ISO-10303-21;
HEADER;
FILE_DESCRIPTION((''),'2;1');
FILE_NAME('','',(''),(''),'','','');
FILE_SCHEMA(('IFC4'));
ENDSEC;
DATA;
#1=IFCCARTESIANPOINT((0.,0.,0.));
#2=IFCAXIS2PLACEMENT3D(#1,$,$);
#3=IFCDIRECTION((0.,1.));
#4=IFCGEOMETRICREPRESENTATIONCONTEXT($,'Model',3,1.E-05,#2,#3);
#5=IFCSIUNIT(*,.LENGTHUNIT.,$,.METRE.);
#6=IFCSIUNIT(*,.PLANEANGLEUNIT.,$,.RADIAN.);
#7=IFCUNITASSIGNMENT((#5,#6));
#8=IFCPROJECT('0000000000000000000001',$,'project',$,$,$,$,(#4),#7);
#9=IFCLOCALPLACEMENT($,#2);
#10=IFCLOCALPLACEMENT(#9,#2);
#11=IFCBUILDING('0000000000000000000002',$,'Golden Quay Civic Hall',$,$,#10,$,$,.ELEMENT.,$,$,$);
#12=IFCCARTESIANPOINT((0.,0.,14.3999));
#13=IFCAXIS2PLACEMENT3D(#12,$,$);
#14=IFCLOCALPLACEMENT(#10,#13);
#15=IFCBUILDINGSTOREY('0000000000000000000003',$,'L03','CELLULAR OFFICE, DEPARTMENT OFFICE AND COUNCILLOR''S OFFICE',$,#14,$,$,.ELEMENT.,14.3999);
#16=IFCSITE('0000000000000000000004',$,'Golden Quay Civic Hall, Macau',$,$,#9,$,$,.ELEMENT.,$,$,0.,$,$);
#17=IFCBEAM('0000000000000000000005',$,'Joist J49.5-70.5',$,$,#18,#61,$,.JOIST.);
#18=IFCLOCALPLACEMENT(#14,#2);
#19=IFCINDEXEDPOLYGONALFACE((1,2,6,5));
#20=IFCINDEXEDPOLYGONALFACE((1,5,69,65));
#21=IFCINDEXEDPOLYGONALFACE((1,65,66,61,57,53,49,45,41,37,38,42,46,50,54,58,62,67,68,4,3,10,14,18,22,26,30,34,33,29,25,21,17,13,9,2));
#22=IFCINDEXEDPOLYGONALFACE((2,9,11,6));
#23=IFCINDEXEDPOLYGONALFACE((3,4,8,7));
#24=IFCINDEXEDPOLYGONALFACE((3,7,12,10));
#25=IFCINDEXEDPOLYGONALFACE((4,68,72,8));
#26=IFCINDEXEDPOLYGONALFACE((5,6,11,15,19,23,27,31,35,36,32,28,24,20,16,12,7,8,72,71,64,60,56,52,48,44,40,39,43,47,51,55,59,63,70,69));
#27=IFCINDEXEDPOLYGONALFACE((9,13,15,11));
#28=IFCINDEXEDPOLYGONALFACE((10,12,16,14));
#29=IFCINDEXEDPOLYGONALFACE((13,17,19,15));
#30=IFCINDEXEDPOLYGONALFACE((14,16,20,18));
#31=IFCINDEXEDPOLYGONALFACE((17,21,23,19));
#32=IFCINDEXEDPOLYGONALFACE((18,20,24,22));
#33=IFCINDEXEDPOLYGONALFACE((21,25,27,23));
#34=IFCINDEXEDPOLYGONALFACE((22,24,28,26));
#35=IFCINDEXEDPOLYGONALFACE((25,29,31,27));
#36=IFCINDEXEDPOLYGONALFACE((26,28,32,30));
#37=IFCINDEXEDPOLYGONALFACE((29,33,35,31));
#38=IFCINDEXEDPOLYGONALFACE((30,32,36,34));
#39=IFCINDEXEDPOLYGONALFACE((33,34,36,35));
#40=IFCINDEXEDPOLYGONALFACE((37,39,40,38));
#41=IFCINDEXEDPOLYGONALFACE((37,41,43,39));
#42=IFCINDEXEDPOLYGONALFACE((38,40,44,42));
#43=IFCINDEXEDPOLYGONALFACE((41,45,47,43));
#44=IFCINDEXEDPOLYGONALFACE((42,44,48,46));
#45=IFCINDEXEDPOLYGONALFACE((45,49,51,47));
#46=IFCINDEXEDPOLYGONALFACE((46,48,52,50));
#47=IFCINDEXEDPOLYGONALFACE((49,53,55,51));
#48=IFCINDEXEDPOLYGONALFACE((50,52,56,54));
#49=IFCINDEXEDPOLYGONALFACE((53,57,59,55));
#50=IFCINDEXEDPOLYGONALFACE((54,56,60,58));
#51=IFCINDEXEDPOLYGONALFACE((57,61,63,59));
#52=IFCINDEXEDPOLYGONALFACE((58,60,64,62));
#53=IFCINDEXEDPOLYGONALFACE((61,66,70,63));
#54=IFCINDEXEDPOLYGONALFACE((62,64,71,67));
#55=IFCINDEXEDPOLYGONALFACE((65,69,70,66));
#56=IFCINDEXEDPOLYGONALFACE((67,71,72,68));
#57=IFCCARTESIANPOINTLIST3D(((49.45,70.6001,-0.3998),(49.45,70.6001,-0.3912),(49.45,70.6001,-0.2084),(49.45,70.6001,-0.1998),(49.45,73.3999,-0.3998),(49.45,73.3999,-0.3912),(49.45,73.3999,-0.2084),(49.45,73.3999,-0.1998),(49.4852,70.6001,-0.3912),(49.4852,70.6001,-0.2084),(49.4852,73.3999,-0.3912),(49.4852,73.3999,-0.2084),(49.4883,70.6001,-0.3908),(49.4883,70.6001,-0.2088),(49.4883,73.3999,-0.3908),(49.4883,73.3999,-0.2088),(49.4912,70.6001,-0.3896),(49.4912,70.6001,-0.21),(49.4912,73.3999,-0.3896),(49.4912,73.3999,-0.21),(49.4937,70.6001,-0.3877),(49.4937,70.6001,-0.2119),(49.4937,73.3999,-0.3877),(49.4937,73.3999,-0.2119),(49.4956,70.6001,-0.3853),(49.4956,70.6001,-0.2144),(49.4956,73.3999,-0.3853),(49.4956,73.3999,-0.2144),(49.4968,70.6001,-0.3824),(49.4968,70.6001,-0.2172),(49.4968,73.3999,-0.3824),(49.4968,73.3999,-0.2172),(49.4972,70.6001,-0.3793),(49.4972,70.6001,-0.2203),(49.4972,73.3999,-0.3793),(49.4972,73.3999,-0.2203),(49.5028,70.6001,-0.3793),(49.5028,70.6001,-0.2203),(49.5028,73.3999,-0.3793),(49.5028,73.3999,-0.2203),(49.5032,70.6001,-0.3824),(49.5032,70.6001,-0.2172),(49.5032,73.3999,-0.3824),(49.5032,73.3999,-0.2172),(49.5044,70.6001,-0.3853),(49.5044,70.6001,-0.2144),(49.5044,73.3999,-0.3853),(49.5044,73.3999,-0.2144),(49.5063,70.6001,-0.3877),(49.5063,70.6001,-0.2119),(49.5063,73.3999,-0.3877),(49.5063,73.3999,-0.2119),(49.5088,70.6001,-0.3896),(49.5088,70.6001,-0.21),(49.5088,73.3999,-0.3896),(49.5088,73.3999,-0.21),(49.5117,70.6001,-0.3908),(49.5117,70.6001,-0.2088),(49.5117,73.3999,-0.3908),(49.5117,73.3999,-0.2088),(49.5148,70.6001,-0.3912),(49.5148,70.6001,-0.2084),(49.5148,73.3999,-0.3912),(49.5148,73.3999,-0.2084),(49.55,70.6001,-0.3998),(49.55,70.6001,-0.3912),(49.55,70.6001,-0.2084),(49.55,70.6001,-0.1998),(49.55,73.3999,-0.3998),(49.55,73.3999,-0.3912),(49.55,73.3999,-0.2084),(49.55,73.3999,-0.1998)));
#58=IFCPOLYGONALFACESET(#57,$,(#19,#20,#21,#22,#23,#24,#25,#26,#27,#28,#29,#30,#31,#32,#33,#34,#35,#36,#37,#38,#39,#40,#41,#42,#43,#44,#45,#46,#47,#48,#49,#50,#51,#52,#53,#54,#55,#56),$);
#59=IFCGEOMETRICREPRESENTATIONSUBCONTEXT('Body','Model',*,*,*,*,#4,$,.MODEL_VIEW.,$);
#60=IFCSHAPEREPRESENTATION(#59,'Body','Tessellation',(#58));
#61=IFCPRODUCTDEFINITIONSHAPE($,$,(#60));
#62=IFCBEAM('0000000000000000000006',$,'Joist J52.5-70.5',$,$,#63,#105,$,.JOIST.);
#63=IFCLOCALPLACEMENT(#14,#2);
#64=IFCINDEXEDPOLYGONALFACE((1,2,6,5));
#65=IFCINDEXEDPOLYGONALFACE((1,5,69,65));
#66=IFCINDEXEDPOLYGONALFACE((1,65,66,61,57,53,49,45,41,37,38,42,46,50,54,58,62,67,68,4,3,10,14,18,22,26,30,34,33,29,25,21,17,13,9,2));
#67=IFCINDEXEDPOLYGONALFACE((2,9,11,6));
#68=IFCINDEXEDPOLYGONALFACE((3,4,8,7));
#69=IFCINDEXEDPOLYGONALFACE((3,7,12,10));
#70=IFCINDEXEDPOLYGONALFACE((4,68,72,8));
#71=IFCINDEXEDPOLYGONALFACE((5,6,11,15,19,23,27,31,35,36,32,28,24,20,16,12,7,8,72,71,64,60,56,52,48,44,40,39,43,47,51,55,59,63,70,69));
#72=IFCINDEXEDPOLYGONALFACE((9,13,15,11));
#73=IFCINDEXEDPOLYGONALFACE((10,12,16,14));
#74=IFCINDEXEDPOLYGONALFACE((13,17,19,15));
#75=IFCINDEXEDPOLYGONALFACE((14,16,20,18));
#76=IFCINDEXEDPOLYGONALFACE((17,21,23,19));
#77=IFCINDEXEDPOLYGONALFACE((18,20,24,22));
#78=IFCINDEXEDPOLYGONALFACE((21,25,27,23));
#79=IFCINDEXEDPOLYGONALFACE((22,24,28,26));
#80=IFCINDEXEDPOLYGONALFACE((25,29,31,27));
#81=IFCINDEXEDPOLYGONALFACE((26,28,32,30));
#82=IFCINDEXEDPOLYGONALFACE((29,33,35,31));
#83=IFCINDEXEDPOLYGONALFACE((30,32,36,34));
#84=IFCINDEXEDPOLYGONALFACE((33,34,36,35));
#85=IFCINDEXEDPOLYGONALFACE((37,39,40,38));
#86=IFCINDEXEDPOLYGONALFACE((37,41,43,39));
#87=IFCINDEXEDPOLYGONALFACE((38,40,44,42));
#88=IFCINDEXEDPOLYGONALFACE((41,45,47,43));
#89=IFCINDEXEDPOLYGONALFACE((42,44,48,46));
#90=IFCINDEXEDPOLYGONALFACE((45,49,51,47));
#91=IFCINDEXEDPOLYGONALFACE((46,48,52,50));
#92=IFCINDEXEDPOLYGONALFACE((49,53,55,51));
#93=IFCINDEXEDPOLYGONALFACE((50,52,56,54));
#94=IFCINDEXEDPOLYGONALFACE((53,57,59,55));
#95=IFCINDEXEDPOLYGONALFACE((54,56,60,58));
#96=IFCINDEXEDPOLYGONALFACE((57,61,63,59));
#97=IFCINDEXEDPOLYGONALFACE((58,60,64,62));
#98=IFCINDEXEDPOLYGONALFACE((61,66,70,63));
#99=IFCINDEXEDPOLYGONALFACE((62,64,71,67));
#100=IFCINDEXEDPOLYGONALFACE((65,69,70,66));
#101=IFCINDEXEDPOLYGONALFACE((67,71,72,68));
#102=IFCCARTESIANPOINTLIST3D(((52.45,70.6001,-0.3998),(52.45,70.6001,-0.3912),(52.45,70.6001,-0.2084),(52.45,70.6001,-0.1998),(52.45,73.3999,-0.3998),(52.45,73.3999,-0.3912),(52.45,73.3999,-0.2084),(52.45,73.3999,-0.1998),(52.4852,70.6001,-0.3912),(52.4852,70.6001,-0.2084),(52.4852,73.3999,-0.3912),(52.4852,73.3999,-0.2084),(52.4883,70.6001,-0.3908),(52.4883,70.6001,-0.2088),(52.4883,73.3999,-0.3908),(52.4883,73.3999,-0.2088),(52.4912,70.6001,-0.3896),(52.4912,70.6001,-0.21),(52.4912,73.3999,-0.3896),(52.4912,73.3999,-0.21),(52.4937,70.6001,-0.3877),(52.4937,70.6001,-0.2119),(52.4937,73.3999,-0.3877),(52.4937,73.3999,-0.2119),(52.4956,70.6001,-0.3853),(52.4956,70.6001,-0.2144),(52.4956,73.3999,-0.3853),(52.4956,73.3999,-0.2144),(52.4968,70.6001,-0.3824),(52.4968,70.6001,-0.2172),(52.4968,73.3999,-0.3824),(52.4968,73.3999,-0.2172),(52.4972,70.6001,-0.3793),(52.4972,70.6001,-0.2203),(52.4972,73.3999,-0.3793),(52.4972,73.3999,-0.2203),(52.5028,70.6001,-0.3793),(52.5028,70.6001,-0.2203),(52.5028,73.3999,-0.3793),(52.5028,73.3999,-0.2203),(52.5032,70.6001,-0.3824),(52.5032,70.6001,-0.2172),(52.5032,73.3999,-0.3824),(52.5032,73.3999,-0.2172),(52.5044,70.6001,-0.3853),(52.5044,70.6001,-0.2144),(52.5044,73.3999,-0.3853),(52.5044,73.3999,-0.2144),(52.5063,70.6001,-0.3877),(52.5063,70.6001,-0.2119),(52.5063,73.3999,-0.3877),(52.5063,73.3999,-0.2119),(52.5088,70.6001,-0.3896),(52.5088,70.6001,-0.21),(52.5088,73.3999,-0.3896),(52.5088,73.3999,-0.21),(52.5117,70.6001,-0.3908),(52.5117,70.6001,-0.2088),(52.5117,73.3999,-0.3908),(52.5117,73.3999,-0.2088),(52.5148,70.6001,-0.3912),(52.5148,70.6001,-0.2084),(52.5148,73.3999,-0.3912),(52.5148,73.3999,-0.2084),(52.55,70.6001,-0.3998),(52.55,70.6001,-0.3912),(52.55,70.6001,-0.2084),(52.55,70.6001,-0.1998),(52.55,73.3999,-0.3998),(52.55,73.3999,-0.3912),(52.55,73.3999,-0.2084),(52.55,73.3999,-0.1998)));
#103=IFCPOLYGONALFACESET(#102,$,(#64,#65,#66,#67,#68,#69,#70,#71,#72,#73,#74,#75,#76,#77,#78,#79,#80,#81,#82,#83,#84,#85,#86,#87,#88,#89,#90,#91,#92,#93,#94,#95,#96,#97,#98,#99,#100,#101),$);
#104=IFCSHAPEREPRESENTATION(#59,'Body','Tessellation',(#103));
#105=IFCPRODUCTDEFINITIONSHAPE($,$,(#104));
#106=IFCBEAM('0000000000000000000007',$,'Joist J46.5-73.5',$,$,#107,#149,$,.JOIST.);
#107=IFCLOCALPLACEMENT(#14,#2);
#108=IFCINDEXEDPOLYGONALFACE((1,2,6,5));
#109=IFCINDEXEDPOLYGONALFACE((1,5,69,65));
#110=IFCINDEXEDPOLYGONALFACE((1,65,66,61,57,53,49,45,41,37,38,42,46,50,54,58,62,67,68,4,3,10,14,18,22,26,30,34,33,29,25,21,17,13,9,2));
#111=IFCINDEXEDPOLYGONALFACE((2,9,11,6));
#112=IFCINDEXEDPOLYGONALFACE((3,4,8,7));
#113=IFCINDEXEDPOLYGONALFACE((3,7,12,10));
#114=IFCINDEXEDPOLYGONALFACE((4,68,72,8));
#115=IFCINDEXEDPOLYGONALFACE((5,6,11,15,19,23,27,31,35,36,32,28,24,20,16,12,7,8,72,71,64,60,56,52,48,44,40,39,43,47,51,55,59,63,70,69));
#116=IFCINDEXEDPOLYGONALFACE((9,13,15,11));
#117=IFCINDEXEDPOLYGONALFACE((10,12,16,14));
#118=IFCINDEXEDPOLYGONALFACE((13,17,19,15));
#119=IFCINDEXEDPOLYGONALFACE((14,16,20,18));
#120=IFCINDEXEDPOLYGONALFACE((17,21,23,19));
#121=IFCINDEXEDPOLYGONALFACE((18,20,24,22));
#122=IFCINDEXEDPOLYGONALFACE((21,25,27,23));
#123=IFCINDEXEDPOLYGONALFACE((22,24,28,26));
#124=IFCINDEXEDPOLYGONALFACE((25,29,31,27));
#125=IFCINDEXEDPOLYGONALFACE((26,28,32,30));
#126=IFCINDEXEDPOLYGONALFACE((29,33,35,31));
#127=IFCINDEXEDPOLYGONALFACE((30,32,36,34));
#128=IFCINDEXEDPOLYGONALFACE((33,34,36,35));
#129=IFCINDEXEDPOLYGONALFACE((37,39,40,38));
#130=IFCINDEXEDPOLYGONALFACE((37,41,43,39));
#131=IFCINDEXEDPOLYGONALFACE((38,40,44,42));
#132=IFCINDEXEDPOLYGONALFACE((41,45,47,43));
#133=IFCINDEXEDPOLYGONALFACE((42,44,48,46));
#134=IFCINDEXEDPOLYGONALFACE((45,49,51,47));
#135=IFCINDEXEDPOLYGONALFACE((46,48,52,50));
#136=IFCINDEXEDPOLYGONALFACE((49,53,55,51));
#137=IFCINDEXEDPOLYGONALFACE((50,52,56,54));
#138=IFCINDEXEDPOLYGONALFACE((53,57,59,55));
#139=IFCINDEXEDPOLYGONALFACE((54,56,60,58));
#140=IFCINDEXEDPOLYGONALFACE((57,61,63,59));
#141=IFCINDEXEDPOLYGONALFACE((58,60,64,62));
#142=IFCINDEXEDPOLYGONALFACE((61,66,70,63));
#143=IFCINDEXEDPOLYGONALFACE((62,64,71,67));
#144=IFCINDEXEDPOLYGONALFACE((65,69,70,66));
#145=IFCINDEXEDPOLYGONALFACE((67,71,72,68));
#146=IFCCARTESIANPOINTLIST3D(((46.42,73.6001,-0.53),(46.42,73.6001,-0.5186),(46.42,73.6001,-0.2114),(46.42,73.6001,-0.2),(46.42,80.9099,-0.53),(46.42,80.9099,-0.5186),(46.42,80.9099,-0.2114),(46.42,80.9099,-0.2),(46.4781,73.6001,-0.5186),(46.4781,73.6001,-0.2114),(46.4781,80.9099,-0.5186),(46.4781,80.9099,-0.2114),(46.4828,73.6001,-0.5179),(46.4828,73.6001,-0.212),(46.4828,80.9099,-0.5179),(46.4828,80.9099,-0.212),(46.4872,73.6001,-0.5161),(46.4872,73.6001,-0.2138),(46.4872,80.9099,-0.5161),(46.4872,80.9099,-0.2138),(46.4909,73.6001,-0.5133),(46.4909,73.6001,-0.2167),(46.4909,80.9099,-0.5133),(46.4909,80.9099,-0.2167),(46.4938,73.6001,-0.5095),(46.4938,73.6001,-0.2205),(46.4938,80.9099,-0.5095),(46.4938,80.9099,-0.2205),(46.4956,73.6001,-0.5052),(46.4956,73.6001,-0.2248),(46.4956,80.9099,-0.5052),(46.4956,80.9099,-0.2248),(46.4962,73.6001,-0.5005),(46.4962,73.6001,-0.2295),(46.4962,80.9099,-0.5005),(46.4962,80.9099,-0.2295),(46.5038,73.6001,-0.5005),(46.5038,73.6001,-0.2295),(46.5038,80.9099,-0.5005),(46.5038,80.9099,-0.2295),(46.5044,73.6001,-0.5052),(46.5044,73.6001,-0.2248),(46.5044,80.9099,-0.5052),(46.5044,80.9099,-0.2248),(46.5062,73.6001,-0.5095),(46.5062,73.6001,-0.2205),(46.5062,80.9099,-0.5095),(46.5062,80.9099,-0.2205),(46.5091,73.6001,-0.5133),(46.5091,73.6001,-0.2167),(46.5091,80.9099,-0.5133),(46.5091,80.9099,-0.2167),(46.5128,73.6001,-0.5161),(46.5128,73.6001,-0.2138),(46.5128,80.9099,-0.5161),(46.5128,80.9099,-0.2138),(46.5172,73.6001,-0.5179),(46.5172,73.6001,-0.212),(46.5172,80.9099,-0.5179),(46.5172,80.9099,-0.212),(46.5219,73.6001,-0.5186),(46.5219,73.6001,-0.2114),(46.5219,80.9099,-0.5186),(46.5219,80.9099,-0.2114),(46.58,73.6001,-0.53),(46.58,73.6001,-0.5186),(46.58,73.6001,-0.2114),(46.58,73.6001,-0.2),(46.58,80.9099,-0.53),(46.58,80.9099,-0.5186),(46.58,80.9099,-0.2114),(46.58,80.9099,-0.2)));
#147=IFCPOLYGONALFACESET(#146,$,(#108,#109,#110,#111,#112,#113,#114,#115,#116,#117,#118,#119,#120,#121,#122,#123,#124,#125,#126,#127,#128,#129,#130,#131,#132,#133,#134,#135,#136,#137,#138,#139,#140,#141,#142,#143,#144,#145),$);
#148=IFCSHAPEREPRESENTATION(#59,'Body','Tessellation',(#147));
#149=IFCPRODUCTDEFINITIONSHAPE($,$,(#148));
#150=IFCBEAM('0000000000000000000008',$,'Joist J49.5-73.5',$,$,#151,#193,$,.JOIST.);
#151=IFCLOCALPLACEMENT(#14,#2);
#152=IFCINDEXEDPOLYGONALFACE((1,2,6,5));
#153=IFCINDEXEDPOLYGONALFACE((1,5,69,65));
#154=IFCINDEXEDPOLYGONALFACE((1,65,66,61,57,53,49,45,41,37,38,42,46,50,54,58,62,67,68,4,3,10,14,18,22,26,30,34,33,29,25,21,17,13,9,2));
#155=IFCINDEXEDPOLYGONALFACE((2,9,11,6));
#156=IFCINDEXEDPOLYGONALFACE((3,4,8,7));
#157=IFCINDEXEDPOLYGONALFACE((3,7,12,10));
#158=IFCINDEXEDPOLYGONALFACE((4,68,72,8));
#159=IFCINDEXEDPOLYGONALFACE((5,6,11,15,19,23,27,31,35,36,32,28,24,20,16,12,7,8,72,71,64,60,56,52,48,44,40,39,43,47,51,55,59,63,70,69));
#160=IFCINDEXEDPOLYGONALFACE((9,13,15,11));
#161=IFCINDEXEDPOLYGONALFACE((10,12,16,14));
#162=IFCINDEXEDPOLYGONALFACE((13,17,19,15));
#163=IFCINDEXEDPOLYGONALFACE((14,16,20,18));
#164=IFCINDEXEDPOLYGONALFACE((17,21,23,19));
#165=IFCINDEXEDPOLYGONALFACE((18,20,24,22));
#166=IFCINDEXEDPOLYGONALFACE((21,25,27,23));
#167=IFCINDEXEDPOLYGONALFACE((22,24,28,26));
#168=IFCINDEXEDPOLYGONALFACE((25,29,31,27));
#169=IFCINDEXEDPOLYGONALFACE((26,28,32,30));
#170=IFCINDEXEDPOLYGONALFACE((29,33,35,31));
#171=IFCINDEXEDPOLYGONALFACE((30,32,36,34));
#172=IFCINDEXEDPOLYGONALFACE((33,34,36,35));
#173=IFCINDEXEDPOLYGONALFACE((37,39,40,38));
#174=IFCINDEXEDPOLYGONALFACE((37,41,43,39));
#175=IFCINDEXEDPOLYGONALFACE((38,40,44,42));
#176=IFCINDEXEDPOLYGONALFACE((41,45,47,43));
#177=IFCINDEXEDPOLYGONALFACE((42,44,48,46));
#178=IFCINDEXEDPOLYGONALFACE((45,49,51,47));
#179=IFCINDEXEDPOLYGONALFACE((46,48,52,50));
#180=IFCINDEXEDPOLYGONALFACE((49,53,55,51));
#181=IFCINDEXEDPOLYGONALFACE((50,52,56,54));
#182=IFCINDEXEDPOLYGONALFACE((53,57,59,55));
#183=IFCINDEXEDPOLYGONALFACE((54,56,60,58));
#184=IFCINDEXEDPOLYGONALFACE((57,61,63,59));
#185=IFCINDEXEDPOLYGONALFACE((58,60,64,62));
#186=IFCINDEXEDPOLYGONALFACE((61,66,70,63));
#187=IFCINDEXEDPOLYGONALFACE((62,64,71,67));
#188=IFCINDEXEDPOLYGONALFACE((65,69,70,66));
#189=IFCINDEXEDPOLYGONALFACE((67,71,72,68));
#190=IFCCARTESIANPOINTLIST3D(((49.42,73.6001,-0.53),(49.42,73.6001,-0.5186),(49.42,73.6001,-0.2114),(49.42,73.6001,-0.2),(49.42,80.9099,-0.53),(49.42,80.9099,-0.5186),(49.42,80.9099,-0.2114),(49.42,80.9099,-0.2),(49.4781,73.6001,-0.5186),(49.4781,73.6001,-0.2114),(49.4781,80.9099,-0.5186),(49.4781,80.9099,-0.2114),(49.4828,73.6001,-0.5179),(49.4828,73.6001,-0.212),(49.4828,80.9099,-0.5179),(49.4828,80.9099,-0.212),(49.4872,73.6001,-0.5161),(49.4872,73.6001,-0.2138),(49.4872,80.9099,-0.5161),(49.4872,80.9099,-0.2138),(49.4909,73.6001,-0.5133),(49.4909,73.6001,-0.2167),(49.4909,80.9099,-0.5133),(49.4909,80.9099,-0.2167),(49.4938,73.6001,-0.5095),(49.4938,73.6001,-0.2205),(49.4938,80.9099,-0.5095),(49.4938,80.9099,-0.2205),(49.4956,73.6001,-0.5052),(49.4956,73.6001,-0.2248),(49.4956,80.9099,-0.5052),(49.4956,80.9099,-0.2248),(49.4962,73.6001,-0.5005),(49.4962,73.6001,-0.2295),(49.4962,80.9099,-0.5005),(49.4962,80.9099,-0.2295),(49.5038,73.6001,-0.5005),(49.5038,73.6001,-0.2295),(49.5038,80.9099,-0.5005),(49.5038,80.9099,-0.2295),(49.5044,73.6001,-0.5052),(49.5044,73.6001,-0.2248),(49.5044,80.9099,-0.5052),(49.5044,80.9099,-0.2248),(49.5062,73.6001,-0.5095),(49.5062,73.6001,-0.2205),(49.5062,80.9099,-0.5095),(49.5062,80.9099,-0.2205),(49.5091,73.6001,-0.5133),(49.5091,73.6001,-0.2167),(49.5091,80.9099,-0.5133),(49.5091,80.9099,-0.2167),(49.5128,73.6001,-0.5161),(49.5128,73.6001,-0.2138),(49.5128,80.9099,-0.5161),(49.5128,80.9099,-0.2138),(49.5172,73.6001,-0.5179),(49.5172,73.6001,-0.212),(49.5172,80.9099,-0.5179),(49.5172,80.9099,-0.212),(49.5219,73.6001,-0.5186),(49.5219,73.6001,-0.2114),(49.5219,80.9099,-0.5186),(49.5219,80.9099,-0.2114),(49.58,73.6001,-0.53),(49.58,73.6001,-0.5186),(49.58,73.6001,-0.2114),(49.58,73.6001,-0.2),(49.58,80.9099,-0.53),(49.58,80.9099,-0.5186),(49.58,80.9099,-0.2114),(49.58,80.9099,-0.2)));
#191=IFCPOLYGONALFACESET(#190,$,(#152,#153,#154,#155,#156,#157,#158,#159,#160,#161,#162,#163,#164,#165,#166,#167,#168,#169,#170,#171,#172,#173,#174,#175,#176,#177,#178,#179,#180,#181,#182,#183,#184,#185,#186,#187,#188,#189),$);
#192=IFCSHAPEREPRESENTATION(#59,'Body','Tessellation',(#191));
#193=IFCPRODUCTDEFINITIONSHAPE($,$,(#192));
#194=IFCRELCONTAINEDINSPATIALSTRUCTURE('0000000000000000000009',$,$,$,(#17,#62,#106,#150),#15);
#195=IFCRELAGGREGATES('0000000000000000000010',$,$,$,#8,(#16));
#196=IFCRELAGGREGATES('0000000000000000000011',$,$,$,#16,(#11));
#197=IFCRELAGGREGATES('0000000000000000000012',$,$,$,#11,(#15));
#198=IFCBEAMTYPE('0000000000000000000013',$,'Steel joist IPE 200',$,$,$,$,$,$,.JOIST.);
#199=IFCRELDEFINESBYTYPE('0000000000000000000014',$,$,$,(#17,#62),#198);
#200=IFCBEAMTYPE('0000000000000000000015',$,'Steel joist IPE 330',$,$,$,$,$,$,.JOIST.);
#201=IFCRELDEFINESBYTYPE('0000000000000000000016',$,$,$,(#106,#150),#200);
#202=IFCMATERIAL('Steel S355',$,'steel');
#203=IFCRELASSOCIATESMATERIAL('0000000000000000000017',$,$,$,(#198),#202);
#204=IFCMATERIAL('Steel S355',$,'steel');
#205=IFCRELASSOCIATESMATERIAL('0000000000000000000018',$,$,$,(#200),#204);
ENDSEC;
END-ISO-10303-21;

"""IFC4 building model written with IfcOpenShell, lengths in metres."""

from ifc_helpers import new_model, si_unit, direction, frame, origin, origin_2d, place, context, subcontext, project, spatial, i_section, extrude, material, material_profile, profile_set, type_object, element, save


model = new_model("IFC4")

# Units and contexts
model_context = context("Model", 3, precision=1e-05, world=origin(), true_north=direction((0.0, 1.0)))
body_context = subcontext(model_context, "Body", "Model", "MODEL_VIEW")
ifc_project = project(units=[si_unit("LENGTHUNIT", "METRE"), si_unit("PLANEANGLEUNIT", "RADIAN")], contexts=[model_context])

# Site, building, storey
site_placement = place(None, origin())
site = spatial("IfcSite", under=ifc_project, at=site_placement, Name="Golden Quay Civic Hall, Macau", CompositionType="ELEMENT", RefElevation=0.0)
building_placement = place(site_placement, origin())
building = spatial("IfcBuilding", under=site, at=building_placement, Name="Golden Quay Civic Hall", CompositionType="ELEMENT")
storey_placement = place(building_placement, frame((0.0, 0.0, 14.3999)))
storey = spatial("IfcBuildingStorey", under=building, at=storey_placement, Name="L03", Description="CELLULAR OFFICE, DEPARTMENT OFFICE AND COUNCILLOR'S OFFICE", CompositionType="ELEMENT", Elevation=14.3999)

# Beams
ifc_material_1 = material(Name="Steel S355", Category="steel")
ifc_material_profile_1 = material_profile(ifc_material_1, i_section(OverallWidth=0.1001, OverallDepth=0.2, WebThickness=0.0056, FlangeThickness=0.0085, FilletRadius=0.012, at=origin_2d()), Name="IPE 200")
ifc_profile_set_1 = profile_set([ifc_material_profile_1], Name="Steel S355")
beam_type_1 = type_object("IfcBeamType", Name="Steel joist IPE 200", PredefinedType="JOIST", material=ifc_profile_set_1)
for number, where, z_axis, x_axis, name in (
    (1, (49.5, 70.6001, -0.2998), (0.0, 1.0, 0.0), (-1.0, 0.0, 0.0), "Joist J49.5-70.5"),
    (2, (52.5, 70.6001, -0.2998), (0.0, 1.0, 0.0), (-1.0, 0.0, 0.0), "Joist J52.5-70.5"),
):
    element("IfcBeam", number, at=place(storey_placement, frame(where, z_axis=z_axis, x_axis=x_axis)), inside=storey, type_object=beam_type_1, Name=name, PredefinedType="JOIST", context=body_context, shape_type="SweptSolid", body=[
        extrude(i_section(OverallWidth=0.1001, OverallDepth=0.2, WebThickness=0.0056, FlangeThickness=0.0085, FilletRadius=0.012, at=origin_2d()), origin(), (0.0, 0.0, 1.0), 2.7998),
    ])
ifc_material_2 = material(Name="Steel S355", Category="steel")
ifc_material_profile_2 = material_profile(ifc_material_2, i_section(OverallWidth=0.1599, OverallDepth=0.3301, WebThickness=0.0076, FlangeThickness=0.0115, FilletRadius=0.0181, at=origin_2d()), Name="IPE 330")
ifc_profile_set_2 = profile_set([ifc_material_profile_2], Name="Steel S355")
beam_type_2 = type_object("IfcBeamType", Name="Steel joist IPE 330", PredefinedType="JOIST", material=ifc_profile_set_2)
for number, where, z_axis, x_axis, name in (
    (3, (46.5, 73.6001, -0.365), (0.0, 1.0, 0.0), (-1.0, 0.0, 0.0), "Joist J46.5-73.5"),
    (4, (49.5, 73.6001, -0.365), (0.0, 1.0, 0.0), (-1.0, 0.0, 0.0), "Joist J49.5-73.5"),
):
    element("IfcBeam", number, at=place(storey_placement, frame(where, z_axis=z_axis, x_axis=x_axis)), inside=storey, type_object=beam_type_2, Name=name, PredefinedType="JOIST", context=body_context, shape_type="SweptSolid", body=[
        extrude(i_section(OverallWidth=0.1599, OverallDepth=0.3301, WebThickness=0.0076, FlangeThickness=0.0115, FilletRadius=0.0181, at=origin_2d()), origin(), (0.0, 0.0, 1.0), 7.3098),
    ])

save(model, "model.ifc")
